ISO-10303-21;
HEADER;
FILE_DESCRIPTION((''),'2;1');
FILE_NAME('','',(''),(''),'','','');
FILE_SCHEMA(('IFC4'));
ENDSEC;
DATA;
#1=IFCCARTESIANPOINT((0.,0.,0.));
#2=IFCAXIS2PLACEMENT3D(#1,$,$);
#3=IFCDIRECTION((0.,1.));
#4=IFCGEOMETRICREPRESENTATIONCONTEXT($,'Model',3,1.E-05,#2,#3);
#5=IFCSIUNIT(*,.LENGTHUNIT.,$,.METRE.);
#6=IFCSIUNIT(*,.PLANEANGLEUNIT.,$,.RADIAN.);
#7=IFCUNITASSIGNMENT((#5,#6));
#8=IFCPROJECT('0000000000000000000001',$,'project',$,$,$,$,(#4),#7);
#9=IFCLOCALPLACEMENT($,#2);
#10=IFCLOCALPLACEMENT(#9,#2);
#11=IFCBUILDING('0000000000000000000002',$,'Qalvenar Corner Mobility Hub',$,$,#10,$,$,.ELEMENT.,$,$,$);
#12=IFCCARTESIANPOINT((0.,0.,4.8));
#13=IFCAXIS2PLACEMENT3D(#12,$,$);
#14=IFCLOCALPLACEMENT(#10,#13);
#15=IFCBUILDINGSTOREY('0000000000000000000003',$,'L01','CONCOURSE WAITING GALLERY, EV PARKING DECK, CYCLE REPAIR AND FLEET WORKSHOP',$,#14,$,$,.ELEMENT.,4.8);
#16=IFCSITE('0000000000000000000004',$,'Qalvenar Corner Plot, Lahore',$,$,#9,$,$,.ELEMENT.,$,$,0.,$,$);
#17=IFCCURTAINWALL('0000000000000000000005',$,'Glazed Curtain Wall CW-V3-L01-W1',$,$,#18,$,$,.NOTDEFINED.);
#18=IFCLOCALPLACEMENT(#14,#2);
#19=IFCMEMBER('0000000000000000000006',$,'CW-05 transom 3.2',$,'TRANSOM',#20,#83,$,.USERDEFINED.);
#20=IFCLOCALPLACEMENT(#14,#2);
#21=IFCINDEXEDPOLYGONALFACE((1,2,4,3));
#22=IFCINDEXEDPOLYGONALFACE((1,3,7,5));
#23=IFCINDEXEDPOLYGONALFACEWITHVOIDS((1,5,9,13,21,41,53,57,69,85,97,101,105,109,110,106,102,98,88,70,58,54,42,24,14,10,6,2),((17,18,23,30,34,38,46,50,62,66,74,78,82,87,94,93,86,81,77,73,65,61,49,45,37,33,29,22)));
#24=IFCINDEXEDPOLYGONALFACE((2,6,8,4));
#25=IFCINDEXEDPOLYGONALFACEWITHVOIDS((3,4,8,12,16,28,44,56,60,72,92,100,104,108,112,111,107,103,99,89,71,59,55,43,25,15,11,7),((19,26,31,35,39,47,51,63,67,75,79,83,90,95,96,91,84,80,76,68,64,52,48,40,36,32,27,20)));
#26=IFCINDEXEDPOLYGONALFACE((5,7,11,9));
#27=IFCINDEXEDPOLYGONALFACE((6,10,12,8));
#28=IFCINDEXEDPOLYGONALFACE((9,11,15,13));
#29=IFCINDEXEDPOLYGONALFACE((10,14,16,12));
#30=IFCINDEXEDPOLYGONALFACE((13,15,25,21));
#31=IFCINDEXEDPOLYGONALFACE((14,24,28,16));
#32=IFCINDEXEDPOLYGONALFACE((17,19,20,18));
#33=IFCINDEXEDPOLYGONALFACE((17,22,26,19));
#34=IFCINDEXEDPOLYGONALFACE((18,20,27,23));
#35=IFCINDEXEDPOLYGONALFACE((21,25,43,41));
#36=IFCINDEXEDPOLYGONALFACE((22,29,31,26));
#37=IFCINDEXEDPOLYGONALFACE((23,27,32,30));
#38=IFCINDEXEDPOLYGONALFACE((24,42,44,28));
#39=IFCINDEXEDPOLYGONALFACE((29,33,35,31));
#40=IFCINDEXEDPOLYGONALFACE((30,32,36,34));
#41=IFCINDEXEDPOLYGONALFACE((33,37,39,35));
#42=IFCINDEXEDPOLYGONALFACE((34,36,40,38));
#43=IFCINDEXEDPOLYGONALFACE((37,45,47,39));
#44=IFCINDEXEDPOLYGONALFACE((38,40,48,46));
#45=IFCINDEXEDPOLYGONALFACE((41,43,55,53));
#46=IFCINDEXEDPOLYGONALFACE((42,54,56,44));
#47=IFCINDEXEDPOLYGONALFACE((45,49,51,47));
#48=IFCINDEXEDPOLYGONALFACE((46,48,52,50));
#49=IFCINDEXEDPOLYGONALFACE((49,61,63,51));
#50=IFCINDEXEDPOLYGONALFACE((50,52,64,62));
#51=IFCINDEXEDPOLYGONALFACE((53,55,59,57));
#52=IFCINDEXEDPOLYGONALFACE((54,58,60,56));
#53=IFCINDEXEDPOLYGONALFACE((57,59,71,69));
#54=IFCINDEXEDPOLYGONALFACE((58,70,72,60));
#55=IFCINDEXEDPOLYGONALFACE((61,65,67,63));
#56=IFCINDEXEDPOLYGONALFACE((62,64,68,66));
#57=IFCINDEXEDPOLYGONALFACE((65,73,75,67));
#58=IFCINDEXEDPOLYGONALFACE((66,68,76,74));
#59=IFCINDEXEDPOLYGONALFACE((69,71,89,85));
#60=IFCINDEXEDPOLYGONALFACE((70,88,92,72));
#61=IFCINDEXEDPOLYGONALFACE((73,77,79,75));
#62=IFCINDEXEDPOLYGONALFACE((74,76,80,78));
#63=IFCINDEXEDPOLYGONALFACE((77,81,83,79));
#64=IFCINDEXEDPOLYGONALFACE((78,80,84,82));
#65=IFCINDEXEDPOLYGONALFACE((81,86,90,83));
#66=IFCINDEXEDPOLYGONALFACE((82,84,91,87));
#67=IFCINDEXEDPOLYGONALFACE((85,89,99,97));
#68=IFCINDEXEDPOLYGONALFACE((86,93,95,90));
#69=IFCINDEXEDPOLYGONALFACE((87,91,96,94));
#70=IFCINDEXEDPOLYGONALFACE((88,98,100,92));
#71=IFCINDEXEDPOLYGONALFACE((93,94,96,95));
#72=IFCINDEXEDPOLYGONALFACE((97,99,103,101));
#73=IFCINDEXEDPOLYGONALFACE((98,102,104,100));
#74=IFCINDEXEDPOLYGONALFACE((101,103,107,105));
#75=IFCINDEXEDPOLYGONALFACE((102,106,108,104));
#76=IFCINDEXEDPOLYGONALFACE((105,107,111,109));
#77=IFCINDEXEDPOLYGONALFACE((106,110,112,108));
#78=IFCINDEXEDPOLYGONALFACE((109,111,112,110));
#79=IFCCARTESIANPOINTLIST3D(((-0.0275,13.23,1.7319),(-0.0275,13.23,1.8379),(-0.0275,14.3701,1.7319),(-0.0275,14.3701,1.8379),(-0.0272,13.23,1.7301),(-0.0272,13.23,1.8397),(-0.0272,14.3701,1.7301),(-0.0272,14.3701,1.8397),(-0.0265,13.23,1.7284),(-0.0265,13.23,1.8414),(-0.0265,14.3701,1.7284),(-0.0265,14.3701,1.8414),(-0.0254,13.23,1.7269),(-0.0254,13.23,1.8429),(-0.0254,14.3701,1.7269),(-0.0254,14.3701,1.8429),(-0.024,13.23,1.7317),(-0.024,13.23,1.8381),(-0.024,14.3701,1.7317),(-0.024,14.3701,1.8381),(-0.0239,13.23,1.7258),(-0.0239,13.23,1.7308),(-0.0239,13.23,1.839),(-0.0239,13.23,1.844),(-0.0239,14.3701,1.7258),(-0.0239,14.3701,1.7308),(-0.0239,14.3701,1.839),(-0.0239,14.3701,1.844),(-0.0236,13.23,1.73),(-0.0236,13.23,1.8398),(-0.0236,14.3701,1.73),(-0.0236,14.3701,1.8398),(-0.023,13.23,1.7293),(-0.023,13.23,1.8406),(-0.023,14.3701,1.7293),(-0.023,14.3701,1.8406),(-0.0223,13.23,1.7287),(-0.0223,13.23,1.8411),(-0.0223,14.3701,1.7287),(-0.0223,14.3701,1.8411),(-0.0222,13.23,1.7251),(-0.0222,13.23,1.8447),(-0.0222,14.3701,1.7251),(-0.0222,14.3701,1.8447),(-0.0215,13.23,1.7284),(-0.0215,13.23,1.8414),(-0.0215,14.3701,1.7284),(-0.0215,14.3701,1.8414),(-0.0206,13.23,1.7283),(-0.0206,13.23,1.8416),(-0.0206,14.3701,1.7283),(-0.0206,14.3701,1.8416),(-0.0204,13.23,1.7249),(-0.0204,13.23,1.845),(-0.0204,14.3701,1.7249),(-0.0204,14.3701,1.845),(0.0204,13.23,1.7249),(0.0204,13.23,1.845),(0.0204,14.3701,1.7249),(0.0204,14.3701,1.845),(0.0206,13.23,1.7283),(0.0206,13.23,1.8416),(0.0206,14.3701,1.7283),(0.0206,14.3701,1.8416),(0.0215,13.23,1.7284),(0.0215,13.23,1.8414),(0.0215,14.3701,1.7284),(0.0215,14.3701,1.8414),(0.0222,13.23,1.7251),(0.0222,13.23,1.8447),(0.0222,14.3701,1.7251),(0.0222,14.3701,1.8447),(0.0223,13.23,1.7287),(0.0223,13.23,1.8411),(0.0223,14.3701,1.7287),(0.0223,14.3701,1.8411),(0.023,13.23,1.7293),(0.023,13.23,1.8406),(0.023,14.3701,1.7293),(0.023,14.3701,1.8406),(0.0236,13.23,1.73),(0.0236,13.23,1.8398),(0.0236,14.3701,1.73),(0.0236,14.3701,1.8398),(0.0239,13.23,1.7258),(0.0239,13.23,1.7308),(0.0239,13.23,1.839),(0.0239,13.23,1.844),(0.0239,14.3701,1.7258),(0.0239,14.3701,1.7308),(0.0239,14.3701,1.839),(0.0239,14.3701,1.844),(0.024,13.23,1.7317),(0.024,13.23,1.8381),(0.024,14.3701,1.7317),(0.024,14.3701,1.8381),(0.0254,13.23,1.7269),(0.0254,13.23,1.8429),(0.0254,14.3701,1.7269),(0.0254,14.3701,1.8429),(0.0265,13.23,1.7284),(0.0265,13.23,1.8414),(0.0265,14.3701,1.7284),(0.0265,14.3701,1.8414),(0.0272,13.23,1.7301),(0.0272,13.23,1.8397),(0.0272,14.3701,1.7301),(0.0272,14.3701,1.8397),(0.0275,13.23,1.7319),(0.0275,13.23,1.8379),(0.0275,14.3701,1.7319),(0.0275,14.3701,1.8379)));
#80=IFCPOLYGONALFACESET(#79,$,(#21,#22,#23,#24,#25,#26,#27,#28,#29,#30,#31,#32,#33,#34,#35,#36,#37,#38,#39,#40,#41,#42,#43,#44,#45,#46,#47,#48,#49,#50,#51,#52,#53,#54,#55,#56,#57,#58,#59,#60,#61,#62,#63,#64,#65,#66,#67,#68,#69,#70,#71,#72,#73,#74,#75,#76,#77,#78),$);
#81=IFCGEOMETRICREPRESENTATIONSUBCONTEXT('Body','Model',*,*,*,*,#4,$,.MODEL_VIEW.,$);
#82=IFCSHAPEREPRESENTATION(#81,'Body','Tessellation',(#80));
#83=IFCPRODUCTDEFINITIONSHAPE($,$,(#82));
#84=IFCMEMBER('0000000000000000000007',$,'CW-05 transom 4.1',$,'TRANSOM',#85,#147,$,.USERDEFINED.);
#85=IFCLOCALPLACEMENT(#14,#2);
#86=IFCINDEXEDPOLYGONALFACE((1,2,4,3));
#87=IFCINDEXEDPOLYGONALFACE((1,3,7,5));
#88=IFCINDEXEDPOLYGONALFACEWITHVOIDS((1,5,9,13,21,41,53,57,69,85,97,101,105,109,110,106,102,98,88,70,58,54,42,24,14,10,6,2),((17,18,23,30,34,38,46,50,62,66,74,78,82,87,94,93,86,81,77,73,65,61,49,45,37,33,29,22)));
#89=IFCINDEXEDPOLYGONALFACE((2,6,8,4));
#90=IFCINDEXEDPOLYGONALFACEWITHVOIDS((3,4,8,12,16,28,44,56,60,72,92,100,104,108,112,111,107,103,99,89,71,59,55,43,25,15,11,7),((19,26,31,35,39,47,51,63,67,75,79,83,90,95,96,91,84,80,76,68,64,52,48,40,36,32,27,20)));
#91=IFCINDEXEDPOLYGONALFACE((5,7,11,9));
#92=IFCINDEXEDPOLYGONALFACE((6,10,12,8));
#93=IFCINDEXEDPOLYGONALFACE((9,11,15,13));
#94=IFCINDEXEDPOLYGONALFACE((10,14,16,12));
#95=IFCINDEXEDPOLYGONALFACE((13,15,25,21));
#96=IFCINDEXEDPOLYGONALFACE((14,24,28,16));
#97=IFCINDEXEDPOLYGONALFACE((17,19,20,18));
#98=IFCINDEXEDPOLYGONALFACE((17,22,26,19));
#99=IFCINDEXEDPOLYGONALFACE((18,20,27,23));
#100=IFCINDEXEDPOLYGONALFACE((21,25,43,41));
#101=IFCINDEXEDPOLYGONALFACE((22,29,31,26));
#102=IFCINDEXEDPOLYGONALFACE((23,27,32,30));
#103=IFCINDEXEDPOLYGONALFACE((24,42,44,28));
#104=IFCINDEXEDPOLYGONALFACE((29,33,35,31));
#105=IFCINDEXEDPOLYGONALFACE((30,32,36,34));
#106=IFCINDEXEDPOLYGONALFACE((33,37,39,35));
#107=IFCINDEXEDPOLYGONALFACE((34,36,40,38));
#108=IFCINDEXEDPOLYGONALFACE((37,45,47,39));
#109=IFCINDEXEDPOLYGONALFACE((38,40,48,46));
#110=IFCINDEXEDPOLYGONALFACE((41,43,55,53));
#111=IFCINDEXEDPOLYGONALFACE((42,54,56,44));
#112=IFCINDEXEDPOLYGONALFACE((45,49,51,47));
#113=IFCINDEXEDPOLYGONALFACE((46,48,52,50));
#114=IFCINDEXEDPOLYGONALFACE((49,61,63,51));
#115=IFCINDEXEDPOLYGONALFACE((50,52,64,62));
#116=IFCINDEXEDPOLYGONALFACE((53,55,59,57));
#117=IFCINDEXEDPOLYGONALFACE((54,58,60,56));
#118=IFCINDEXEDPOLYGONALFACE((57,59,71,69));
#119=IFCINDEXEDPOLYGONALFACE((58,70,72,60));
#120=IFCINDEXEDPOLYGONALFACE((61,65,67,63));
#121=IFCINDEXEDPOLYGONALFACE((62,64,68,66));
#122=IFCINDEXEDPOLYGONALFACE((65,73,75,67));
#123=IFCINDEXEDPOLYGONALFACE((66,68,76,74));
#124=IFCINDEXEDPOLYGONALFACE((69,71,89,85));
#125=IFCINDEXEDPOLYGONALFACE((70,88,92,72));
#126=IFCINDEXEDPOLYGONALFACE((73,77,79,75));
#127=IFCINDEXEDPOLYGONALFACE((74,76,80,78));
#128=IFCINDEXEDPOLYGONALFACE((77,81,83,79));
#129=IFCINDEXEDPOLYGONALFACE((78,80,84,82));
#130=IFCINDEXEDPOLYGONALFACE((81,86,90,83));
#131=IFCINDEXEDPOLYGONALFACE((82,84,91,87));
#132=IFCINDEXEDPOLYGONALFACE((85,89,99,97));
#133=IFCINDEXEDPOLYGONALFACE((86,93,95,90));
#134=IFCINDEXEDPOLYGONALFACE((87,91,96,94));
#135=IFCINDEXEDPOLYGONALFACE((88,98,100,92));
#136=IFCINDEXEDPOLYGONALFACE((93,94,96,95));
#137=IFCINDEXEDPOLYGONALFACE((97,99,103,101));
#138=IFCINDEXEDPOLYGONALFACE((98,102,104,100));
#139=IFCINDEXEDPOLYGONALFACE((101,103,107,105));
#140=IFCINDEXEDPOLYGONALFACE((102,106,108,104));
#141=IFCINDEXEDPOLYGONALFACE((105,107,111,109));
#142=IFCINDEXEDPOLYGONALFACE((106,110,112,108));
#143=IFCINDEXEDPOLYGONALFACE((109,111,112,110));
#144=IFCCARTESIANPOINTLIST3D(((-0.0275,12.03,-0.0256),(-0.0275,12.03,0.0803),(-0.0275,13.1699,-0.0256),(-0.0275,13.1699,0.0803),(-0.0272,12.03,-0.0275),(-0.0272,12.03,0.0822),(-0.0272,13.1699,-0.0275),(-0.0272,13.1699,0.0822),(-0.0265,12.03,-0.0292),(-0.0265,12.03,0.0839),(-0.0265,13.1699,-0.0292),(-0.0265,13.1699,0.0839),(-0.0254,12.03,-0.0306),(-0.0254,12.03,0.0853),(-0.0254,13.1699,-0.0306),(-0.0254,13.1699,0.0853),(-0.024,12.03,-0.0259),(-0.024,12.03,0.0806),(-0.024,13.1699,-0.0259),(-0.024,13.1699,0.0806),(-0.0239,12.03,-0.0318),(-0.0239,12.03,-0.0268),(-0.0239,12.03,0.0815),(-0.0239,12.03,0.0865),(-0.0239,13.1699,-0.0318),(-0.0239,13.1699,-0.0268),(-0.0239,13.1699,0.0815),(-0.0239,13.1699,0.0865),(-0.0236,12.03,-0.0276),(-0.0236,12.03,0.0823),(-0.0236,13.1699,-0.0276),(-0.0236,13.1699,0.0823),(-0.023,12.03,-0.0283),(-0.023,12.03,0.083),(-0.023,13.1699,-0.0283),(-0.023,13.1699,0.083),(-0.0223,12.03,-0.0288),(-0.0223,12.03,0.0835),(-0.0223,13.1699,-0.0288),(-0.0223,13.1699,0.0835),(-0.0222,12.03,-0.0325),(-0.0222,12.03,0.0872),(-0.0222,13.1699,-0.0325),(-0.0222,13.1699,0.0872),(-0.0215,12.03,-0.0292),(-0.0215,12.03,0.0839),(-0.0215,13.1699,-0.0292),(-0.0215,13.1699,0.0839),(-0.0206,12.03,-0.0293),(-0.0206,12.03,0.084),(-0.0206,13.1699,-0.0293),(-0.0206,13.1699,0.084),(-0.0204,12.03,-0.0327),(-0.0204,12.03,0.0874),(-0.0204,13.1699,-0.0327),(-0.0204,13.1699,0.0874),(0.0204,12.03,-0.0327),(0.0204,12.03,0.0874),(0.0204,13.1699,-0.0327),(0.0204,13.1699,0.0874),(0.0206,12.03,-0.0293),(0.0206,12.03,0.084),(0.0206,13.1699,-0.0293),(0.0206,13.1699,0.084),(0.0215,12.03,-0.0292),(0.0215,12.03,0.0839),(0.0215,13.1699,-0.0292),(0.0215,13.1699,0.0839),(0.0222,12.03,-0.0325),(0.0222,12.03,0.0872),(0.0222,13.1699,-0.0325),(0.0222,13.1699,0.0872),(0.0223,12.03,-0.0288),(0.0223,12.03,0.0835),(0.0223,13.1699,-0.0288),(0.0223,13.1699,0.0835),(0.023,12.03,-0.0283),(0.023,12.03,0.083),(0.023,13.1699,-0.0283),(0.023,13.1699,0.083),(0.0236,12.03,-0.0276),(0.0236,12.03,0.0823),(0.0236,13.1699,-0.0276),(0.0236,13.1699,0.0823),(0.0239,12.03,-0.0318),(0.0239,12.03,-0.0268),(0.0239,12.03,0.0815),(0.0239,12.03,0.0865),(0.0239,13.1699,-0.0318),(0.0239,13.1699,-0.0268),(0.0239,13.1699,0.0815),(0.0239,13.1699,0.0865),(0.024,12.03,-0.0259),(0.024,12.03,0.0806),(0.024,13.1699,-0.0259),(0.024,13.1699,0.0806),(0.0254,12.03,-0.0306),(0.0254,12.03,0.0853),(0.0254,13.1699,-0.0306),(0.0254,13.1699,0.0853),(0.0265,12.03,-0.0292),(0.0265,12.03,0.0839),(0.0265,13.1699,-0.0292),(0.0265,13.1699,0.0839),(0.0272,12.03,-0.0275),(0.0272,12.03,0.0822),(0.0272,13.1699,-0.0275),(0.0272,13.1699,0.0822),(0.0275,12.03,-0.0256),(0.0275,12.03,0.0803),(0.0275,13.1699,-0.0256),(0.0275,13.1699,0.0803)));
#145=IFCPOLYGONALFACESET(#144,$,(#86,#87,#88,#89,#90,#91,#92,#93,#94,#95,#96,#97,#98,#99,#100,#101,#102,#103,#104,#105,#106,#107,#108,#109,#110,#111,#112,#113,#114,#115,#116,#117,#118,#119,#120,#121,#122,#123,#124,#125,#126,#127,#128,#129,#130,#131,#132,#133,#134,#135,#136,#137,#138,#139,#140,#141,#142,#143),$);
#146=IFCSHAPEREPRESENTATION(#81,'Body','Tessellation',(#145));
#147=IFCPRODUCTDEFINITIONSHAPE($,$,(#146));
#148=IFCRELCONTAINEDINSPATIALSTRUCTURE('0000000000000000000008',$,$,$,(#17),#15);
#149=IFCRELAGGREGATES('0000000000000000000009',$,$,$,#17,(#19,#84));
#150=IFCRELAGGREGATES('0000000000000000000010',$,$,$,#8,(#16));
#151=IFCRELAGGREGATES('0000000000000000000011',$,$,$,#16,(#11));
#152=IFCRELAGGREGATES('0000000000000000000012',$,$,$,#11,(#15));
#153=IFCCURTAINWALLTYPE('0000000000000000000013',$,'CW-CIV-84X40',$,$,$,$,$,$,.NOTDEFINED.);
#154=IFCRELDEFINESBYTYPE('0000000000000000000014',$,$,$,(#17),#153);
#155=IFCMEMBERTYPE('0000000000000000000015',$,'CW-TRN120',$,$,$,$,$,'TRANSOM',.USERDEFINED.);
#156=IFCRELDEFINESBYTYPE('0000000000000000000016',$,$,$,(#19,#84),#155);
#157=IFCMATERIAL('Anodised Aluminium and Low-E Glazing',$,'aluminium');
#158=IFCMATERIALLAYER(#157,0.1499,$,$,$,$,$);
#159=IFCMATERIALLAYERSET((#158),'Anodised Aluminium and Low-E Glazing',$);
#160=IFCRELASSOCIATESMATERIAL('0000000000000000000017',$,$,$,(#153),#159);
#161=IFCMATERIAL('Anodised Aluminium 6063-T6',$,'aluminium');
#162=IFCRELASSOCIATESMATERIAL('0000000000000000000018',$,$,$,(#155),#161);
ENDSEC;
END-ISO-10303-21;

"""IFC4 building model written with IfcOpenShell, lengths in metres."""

from ifc_helpers import new_model, si_unit, direction, frame, origin, origin_2d, place, context, subcontext, project, spatial, hollow_rectangle, extrude, material, layer, layer_set, material_profile, profile_set, type_object, element, aggregate, save


model = new_model("IFC4")

# Units and contexts
model_context = context("Model", 3, precision=1e-05, world=origin(), true_north=direction((0.0, 1.0)))
body_context = subcontext(model_context, "Body", "Model", "MODEL_VIEW")
ifc_project = project(units=[si_unit("LENGTHUNIT", "METRE"), si_unit("PLANEANGLEUNIT", "RADIAN")], contexts=[model_context])

# Site, building, storey
site_placement = place(None, origin())
site = spatial("IfcSite", under=ifc_project, at=site_placement, Name="Qalvenar Corner Plot, Lahore", CompositionType="ELEMENT", RefElevation=0.0)
building_placement = place(site_placement, origin())
building = spatial("IfcBuilding", under=site, at=building_placement, Name="Qalvenar Corner Mobility Hub", CompositionType="ELEMENT")
storey_placement = place(building_placement, frame((0.0, 0.0, 4.8)))
storey = spatial("IfcBuildingStorey", under=building, at=storey_placement, Name="L01", Description="CONCOURSE WAITING GALLERY, EV PARKING DECK, CYCLE REPAIR AND FLEET WORKSHOP", CompositionType="ELEMENT", Elevation=4.8)

# Curtain wall, members
ifc_material_1 = material(Name="Anodised Aluminium and Low-E Glazing", Category="aluminium")
ifc_layer_1 = layer(ifc_material_1, 0.1499)
ifc_layer_set_1 = layer_set([ifc_layer_1], Name="Anodised Aluminium and Low-E Glazing")
curtain_wall_type = type_object("IfcCurtainWallType", Name="CW-CIV-84X40", PredefinedType="NOTDEFINED", material=ifc_layer_set_1)
curtain_wall_placement = place(storey_placement, origin())
curtain_wall = element("IfcCurtainWall", 1, at=curtain_wall_placement, inside=storey, type_object=curtain_wall_type, Name="Glazed Curtain Wall CW-V3-L01-W1", PredefinedType="NOTDEFINED")
ifc_material_2 = material(Name="Anodised Aluminium 6063-T6", Category="aluminium")
ifc_material_profile_1 = material_profile(ifc_material_2, hollow_rectangle(XDim=0.0549, YDim=0.1201, WallThickness=0.0034, InnerFilletRadius=0.0034, OuterFilletRadius=0.0071, at=origin_2d()), Name="RHS120x55x3.5")
ifc_profile_set_1 = profile_set([ifc_material_profile_1], Name="Anodised Aluminium 6063-T6")
member_type_1 = type_object("IfcMemberType", Name="CW-TRN120", ElementType="TRANSOM", PredefinedType="USERDEFINED", material=ifc_profile_set_1)
member_1_placement = place(storey_placement, frame((0.0, 14.3701, 1.7849), z_axis=(0.0, -1.0, 0.0), x_axis=(1.0, 0.0, 0.0)))
member_1 = element("IfcMember", 2, at=member_1_placement, type_object=member_type_1, Name="CW-05 transom 3.2", ObjectType="TRANSOM", PredefinedType="USERDEFINED", context=body_context, shape_type="SweptSolid", body=[
    extrude(hollow_rectangle(XDim=0.0549, YDim=0.1201, WallThickness=0.0034, InnerFilletRadius=0.0034, OuterFilletRadius=0.0071, at=origin_2d()), origin(), (0.0, 0.0, 1.0), 1.1401),
])
member_2_placement = place(storey_placement, frame((0.0, 13.1699, 0.0273), z_axis=(0.0, -1.0, 0.0), x_axis=(1.0, 0.0, 0.0)))
member_2 = element("IfcMember", 3, at=member_2_placement, type_object=member_type_1, Name="CW-05 transom 4.1", ObjectType="TRANSOM", PredefinedType="USERDEFINED", context=body_context, shape_type="SweptSolid", body=[
    extrude(hollow_rectangle(XDim=0.0549, YDim=0.1201, WallThickness=0.0034, InnerFilletRadius=0.0034, OuterFilletRadius=0.0071, at=origin_2d()), origin(), (0.0, 0.0, 1.0), 1.1399),
])
aggregate(curtain_wall, [member_1, member_2])

save(model, "model.ifc")
